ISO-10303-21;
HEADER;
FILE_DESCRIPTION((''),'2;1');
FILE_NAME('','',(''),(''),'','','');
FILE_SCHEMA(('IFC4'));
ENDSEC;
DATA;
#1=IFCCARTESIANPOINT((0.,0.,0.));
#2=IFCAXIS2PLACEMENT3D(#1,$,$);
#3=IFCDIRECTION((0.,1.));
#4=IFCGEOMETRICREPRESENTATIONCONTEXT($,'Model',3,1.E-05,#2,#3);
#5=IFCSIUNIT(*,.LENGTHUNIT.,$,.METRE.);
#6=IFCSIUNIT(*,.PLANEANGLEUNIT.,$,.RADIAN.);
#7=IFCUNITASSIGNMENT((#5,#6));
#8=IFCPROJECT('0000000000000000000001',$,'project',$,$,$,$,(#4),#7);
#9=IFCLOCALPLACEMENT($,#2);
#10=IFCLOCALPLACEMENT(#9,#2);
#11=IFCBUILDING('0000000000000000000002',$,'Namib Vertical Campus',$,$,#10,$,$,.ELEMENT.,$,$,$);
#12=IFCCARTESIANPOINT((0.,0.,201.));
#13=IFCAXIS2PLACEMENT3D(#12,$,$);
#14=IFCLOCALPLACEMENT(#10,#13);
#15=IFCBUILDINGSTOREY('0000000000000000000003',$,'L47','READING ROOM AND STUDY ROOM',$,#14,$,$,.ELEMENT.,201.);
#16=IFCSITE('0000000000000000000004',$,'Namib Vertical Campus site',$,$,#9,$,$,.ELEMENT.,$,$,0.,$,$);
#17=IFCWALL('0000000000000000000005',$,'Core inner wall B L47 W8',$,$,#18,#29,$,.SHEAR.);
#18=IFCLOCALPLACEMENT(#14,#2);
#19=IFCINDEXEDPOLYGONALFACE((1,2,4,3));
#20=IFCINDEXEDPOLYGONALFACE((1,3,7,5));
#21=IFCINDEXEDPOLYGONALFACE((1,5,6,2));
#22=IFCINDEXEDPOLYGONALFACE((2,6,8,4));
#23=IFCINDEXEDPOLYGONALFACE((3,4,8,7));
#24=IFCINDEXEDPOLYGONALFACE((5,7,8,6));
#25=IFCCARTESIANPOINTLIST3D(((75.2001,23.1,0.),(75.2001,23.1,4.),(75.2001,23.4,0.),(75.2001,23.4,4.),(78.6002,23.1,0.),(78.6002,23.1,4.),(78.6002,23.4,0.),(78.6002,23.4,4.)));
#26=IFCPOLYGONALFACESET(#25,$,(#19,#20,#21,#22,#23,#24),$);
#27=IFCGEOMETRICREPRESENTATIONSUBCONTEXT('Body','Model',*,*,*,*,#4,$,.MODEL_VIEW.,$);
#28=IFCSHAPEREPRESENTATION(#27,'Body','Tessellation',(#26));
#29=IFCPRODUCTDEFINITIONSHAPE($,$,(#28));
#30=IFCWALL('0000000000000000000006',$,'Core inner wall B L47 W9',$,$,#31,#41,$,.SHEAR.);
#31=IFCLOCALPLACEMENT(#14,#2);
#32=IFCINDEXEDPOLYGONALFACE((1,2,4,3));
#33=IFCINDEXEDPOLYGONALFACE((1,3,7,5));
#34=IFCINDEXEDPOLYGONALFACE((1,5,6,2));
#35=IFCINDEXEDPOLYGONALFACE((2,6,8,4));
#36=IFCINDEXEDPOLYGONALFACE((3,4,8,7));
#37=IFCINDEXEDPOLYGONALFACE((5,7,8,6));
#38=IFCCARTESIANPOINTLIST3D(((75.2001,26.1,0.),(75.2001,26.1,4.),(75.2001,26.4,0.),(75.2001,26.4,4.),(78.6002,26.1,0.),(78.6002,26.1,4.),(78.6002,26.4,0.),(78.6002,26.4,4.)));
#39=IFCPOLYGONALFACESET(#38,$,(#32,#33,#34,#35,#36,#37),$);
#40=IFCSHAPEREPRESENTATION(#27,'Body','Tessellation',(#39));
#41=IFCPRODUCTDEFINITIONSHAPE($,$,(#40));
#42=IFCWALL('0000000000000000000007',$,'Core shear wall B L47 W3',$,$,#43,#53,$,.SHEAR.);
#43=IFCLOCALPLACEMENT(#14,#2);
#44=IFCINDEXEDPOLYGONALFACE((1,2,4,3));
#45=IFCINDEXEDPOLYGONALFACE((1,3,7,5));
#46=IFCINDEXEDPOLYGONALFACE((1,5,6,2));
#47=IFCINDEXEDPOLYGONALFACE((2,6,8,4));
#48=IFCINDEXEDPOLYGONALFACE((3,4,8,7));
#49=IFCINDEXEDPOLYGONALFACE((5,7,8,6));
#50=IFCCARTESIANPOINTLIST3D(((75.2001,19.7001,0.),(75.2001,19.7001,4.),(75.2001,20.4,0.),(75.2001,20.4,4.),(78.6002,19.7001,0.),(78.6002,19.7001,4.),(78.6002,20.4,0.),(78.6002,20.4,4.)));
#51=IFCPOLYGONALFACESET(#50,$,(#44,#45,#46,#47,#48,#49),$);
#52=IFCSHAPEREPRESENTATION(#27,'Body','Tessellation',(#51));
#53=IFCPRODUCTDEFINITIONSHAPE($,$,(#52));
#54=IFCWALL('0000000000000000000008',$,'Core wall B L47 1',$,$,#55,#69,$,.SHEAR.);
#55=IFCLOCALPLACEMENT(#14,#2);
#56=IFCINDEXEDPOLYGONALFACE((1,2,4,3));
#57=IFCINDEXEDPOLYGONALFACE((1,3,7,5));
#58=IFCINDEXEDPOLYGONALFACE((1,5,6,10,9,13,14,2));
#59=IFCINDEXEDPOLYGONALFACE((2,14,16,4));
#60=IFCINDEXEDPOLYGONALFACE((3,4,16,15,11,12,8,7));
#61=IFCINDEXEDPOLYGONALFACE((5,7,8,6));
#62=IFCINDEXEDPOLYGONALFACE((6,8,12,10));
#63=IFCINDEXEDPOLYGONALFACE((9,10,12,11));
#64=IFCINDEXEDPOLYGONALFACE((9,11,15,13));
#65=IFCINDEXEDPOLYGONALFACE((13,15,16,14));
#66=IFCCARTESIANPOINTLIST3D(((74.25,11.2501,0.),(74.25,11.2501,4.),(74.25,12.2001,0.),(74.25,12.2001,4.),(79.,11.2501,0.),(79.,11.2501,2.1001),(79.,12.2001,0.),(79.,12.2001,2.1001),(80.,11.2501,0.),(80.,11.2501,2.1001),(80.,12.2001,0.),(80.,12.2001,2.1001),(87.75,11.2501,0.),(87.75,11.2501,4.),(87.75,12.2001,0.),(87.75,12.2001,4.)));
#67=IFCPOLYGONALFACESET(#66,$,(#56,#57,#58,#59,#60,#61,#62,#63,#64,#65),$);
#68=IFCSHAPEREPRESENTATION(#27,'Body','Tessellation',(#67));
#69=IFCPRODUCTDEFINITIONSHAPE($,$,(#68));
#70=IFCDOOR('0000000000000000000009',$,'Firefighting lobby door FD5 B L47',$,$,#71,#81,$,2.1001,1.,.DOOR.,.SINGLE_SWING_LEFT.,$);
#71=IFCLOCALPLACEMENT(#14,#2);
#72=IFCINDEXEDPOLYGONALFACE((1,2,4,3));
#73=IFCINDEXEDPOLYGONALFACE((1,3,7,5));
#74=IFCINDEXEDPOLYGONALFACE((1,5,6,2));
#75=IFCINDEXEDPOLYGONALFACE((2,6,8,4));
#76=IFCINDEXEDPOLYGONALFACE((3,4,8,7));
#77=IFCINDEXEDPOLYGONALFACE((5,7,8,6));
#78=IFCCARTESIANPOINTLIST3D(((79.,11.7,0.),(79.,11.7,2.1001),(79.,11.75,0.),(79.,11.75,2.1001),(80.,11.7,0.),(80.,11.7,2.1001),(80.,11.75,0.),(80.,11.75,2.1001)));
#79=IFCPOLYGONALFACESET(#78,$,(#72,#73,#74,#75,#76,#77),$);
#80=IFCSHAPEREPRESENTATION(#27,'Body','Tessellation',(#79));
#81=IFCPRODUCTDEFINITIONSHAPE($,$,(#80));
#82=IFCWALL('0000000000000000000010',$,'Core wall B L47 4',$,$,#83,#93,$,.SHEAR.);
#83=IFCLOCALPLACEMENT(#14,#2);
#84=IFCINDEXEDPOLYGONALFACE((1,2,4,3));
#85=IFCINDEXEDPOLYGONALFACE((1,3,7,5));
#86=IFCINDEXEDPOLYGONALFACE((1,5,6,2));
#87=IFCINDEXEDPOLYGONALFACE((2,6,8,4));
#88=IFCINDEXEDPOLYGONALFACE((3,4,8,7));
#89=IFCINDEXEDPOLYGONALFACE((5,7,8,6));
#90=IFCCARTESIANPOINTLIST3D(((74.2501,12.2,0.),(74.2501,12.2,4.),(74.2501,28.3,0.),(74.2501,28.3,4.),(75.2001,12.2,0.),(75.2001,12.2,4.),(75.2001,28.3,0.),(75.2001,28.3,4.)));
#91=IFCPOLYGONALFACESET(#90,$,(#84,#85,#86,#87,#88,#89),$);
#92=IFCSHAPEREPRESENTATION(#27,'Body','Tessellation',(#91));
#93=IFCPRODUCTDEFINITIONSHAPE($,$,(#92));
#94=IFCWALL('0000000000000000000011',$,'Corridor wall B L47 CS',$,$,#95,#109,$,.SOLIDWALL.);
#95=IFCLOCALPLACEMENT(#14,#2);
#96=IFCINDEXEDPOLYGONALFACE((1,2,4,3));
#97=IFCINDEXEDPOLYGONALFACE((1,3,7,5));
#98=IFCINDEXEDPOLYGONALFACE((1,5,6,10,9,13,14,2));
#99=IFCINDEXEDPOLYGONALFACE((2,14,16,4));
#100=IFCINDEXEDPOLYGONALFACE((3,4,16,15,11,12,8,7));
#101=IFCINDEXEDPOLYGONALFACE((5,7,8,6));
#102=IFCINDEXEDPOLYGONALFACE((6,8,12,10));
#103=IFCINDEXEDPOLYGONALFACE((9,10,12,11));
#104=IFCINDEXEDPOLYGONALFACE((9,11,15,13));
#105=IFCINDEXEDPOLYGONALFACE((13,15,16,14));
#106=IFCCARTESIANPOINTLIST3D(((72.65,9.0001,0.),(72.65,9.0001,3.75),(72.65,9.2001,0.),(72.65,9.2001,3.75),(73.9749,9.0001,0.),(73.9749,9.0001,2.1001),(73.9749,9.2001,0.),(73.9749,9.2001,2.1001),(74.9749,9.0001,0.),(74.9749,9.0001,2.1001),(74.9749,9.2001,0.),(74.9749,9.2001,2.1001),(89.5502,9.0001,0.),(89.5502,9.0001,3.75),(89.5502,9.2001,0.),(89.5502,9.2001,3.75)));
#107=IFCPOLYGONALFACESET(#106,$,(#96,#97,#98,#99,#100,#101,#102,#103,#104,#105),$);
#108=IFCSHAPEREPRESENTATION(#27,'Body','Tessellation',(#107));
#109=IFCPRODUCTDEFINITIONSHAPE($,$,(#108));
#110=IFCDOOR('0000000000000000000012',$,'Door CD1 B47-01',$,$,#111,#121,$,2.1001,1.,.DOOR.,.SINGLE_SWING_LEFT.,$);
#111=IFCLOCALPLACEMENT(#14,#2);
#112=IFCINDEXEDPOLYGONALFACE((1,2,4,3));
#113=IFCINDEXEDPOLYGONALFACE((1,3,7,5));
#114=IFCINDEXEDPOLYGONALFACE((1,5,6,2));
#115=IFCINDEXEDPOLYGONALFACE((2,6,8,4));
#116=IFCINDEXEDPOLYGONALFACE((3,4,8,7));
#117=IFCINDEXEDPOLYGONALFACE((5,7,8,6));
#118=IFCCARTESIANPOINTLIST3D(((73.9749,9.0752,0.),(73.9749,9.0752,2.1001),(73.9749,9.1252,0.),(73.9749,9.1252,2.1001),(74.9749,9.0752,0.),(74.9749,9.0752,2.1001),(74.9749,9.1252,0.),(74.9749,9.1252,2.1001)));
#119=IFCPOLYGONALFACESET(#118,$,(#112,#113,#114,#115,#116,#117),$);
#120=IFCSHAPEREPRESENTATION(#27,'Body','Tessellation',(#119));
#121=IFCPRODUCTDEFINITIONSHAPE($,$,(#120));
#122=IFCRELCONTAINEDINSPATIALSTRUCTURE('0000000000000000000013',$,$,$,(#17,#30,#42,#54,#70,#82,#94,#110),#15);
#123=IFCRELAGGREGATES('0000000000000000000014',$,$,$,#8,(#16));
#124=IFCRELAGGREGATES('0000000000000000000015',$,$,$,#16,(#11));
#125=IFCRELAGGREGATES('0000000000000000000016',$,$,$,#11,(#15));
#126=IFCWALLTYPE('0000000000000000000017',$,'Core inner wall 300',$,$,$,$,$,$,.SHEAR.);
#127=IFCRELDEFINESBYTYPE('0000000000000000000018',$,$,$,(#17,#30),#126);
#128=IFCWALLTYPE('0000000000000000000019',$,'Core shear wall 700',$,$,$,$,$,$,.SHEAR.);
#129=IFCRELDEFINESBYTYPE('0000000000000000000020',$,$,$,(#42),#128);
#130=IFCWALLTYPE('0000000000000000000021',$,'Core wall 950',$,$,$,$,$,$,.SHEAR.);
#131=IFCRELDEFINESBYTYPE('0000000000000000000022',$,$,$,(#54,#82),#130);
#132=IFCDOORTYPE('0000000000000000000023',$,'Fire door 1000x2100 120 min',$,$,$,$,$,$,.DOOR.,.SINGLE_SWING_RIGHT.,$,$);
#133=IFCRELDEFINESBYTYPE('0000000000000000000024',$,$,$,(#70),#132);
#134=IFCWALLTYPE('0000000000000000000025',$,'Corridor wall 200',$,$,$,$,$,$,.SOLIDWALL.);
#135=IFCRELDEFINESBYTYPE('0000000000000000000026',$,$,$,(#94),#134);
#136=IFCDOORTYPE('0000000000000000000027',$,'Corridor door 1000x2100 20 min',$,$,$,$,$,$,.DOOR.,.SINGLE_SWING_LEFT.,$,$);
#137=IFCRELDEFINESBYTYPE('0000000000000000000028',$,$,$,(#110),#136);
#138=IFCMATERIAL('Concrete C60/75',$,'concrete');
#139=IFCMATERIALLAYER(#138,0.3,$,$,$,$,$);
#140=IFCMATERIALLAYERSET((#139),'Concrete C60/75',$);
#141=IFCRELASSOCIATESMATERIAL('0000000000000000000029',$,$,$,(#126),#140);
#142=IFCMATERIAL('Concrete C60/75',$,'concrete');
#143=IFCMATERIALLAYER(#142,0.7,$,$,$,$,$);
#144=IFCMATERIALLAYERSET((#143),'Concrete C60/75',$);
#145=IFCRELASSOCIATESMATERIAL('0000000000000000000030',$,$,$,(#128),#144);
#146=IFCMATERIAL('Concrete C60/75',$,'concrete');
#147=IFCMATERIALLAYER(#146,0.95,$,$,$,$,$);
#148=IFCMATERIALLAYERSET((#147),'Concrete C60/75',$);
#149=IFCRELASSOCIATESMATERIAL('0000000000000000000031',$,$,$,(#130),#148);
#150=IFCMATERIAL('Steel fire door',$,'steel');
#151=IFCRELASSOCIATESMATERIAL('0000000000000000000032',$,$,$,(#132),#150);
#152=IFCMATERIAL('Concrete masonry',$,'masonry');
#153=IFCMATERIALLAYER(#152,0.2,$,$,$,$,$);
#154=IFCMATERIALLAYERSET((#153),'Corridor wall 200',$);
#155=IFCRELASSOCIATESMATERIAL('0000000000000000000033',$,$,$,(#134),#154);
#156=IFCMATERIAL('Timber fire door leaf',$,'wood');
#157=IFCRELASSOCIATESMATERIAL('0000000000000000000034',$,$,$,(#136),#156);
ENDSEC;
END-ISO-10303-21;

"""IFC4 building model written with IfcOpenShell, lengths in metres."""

from ifc_helpers import new_model, si_unit, direction, frame, frame_2d, origin, place, context, subcontext, project, spatial, rectangle, extrude, material, layer, layer_set, type_object, element, fill, save


model = new_model("IFC4")

# Units and contexts
model_context = context("Model", 3, precision=1e-05, world=origin(), true_north=direction((0.0, 1.0)))
body_context = subcontext(model_context, "Body", "Model", "MODEL_VIEW")
ifc_project = project(units=[si_unit("LENGTHUNIT", "METRE"), si_unit("PLANEANGLEUNIT", "RADIAN")], contexts=[model_context])

# Site, building, storey
site_placement = place(None, origin())
site = spatial("IfcSite", under=ifc_project, at=site_placement, Name="Namib Vertical Campus site", CompositionType="ELEMENT", RefElevation=0.0)
building_placement = place(site_placement, origin())
building = spatial("IfcBuilding", under=site, at=building_placement, Name="Namib Vertical Campus", CompositionType="ELEMENT")
storey_placement = place(building_placement, frame((0.0, 0.0, 201.0)))
storey = spatial("IfcBuildingStorey", under=building, at=storey_placement, Name="L47", Description="READING ROOM AND STUDY ROOM", CompositionType="ELEMENT", Elevation=201.0)

# Walls
ifc_material_1 = material(Name="Concrete C60/75", Category="concrete")
ifc_layer_1 = layer(ifc_material_1, 0.3)
ifc_layer_set_1 = layer_set([ifc_layer_1], Name="Concrete C60/75")
wall_type_1 = type_object("IfcWallType", Name="Core inner wall 300", PredefinedType="SHEAR", material=ifc_layer_set_1)
for number, where, z_axis, x_axis, name in (
    (1, (75.2, 23.25, 0.0), (0.0, 0.0, 1.0), (1.0, 0.0, 0.0), "Core inner wall B L47 W8"),
    (2, (75.2, 26.25, 0.0), (0.0, 0.0, 1.0), (1.0, 0.0, 0.0), "Core inner wall B L47 W9"),
):
    element("IfcWall", number, at=place(storey_placement, frame(where, z_axis=z_axis, x_axis=x_axis)), inside=storey, type_object=wall_type_1, Name=name, PredefinedType="SHEAR", context=body_context, shape_type="SweptSolid", body=[
        extrude(rectangle(XDim=3.4001, YDim=0.3, at=frame_2d((1.7002, 0.0))), origin(), (0.0, 0.0, 1.0), 4.0),
    ])
ifc_material_2 = material(Name="Concrete C60/75", Category="concrete")
ifc_layer_2 = layer(ifc_material_2, 0.7)
ifc_layer_set_2 = layer_set([ifc_layer_2], Name="Concrete C60/75")
wall_type_2 = type_object("IfcWallType", Name="Core shear wall 700", PredefinedType="SHEAR", material=ifc_layer_set_2)
wall_1_placement = place(storey_placement, frame((75.2, 20.05, 0.0), z_axis=(0.0, 0.0, 1.0), x_axis=(1.0, 0.0, 0.0)))
element("IfcWall", 3, at=wall_1_placement, inside=storey, type_object=wall_type_2, Name="Core shear wall B L47 W3", PredefinedType="SHEAR", context=body_context, shape_type="SweptSolid", body=[
    extrude(rectangle(XDim=3.4001, YDim=0.7, at=frame_2d((1.7002, 0.0))), origin(), (0.0, 0.0, 1.0), 4.0),
])

# Wall, opening, door
ifc_material_3 = material(Name="Concrete C60/75", Category="concrete")
ifc_layer_3 = layer(ifc_material_3, 0.95)
ifc_layer_set_3 = layer_set([ifc_layer_3], Name="Concrete C60/75")
wall_type_3 = type_object("IfcWallType", Name="Core wall 950", PredefinedType="SHEAR", material=ifc_layer_set_3)
wall_2_placement = place(storey_placement, frame((74.25, 11.7251, 0.0), z_axis=(0.0, 0.0, 1.0), x_axis=(1.0, 0.0, 0.0)))
wall_2 = element("IfcWall", 4, at=wall_2_placement, inside=storey, type_object=wall_type_3, Name="Core wall B L47 1", PredefinedType="SHEAR", context=body_context, shape_type="SweptSolid", body=[
    extrude(rectangle(XDim=13.5, YDim=0.95, at=frame_2d((6.75, 0.0))), origin(), (0.0, 0.0, 1.0), 4.0),
])
opening_1_placement = place(wall_2_placement, frame((4.75, 0.0, 0.0)))
opening_1 = element("IfcOpeningElement", 5, at=opening_1_placement, cuts=wall_2, PredefinedType="OPENING", context=body_context, shape_type="SweptSolid", body=[
    extrude(rectangle(XDim=1.0, YDim=2.1001, at=frame_2d((0.5, 1.05))), frame((0.0, 0.4849, 0.0), z_axis=(0.0, -1.0, 0.0), x_axis=(1.0, 0.0, 0.0)), (0.0, 0.0, 1.0), 0.97),
])
ifc_material_4 = material(Name="Steel fire door", Category="steel")
door_type_1 = type_object("IfcDoorType", Name="Fire door 1000x2100 120 min", OperationType="SINGLE_SWING_RIGHT", PredefinedType="DOOR", material=ifc_material_4)
door_1_placement = place(opening_1_placement, origin())
door_1 = element("IfcDoor", 6, at=door_1_placement, inside=storey, type_object=door_type_1, Name="Firefighting lobby door FD5 B L47", OperationType="SINGLE_SWING_LEFT", OverallHeight=2.1001, OverallWidth=1.0, PredefinedType="DOOR", context=body_context, shape_type="SweptSolid", body=[
    extrude(rectangle(XDim=1.0, YDim=2.1001, at=frame_2d((0.5, 1.05))), frame((0.0, 0.0249, 0.0), z_axis=(0.0, -1.0, 0.0), x_axis=(1.0, 0.0, 0.0)), (0.0, 0.0, 1.0), 0.05),
])
fill(opening_1, door_1)

# Wall
wall_3_placement = place(storey_placement, frame((74.7251, 28.3, 0.0), z_axis=(0.0, 0.0, 1.0), x_axis=(0.0, -1.0, 0.0)))
element("IfcWall", 7, at=wall_3_placement, inside=storey, type_object=wall_type_3, Name="Core wall B L47 4", PredefinedType="SHEAR", context=body_context, shape_type="SweptSolid", body=[
    extrude(rectangle(XDim=16.1001, YDim=0.95, at=frame_2d((8.05, 0.0))), origin(), (0.0, 0.0, 1.0), 4.0),
])

# Wall, opening, door
ifc_material_5 = material(Name="Concrete masonry", Category="masonry")
ifc_layer_4 = layer(ifc_material_5, 0.2)
ifc_layer_set_4 = layer_set([ifc_layer_4], Name="Corridor wall 200")
wall_type_4 = type_object("IfcWallType", Name="Corridor wall 200", PredefinedType="SOLIDWALL", material=ifc_layer_set_4)
wall_4_placement = place(storey_placement, frame((72.6499, 9.1001, 0.0), z_axis=(0.0, 0.0, 1.0), x_axis=(1.0, 0.0, 0.0)))
wall_4 = element("IfcWall", 8, at=wall_4_placement, inside=storey, type_object=wall_type_4, Name="Corridor wall B L47 CS", PredefinedType="SOLIDWALL", context=body_context, shape_type="SweptSolid", body=[
    extrude(rectangle(XDim=16.9001, YDim=0.2, at=frame_2d((8.4502, 0.0))), origin(), (0.0, 0.0, 1.0), 3.75),
])
opening_2_placement = place(wall_4_placement, frame((1.325, 0.0, 0.0)))
opening_2 = element("IfcOpeningElement", 9, at=opening_2_placement, cuts=wall_4, PredefinedType="OPENING", context=body_context, shape_type="SweptSolid", body=[
    extrude(rectangle(XDim=1.0, YDim=2.1001, at=frame_2d((0.5, 1.05))), frame((0.0, 0.1099, 0.0), z_axis=(0.0, -1.0, 0.0), x_axis=(1.0, 0.0, 0.0)), (0.0, 0.0, 1.0), 0.22),
])
ifc_material_6 = material(Name="Timber fire door leaf", Category="wood")
door_type_2 = type_object("IfcDoorType", Name="Corridor door 1000x2100 20 min", OperationType="SINGLE_SWING_LEFT", PredefinedType="DOOR", material=ifc_material_6)
door_2_placement = place(opening_2_placement, frame((1.0, 0.0, 0.0), z_axis=(0.0, 0.0, 1.0), x_axis=(-1.0, 0.0, 0.0)))
door_2 = element("IfcDoor", 10, at=door_2_placement, inside=storey, type_object=door_type_2, Name="Door CD1 B47-01", OperationType="SINGLE_SWING_LEFT", OverallHeight=2.1001, OverallWidth=1.0, PredefinedType="DOOR", context=body_context, shape_type="SweptSolid", body=[
    extrude(rectangle(XDim=1.0, YDim=2.1001, at=frame_2d((0.5, 1.05))), frame((0.0, 0.0249, 0.0), z_axis=(0.0, -1.0, 0.0), x_axis=(1.0, 0.0, 0.0)), (0.0, 0.0, 1.0), 0.05),
])
fill(opening_2, door_2)

save(model, "model.ifc")
